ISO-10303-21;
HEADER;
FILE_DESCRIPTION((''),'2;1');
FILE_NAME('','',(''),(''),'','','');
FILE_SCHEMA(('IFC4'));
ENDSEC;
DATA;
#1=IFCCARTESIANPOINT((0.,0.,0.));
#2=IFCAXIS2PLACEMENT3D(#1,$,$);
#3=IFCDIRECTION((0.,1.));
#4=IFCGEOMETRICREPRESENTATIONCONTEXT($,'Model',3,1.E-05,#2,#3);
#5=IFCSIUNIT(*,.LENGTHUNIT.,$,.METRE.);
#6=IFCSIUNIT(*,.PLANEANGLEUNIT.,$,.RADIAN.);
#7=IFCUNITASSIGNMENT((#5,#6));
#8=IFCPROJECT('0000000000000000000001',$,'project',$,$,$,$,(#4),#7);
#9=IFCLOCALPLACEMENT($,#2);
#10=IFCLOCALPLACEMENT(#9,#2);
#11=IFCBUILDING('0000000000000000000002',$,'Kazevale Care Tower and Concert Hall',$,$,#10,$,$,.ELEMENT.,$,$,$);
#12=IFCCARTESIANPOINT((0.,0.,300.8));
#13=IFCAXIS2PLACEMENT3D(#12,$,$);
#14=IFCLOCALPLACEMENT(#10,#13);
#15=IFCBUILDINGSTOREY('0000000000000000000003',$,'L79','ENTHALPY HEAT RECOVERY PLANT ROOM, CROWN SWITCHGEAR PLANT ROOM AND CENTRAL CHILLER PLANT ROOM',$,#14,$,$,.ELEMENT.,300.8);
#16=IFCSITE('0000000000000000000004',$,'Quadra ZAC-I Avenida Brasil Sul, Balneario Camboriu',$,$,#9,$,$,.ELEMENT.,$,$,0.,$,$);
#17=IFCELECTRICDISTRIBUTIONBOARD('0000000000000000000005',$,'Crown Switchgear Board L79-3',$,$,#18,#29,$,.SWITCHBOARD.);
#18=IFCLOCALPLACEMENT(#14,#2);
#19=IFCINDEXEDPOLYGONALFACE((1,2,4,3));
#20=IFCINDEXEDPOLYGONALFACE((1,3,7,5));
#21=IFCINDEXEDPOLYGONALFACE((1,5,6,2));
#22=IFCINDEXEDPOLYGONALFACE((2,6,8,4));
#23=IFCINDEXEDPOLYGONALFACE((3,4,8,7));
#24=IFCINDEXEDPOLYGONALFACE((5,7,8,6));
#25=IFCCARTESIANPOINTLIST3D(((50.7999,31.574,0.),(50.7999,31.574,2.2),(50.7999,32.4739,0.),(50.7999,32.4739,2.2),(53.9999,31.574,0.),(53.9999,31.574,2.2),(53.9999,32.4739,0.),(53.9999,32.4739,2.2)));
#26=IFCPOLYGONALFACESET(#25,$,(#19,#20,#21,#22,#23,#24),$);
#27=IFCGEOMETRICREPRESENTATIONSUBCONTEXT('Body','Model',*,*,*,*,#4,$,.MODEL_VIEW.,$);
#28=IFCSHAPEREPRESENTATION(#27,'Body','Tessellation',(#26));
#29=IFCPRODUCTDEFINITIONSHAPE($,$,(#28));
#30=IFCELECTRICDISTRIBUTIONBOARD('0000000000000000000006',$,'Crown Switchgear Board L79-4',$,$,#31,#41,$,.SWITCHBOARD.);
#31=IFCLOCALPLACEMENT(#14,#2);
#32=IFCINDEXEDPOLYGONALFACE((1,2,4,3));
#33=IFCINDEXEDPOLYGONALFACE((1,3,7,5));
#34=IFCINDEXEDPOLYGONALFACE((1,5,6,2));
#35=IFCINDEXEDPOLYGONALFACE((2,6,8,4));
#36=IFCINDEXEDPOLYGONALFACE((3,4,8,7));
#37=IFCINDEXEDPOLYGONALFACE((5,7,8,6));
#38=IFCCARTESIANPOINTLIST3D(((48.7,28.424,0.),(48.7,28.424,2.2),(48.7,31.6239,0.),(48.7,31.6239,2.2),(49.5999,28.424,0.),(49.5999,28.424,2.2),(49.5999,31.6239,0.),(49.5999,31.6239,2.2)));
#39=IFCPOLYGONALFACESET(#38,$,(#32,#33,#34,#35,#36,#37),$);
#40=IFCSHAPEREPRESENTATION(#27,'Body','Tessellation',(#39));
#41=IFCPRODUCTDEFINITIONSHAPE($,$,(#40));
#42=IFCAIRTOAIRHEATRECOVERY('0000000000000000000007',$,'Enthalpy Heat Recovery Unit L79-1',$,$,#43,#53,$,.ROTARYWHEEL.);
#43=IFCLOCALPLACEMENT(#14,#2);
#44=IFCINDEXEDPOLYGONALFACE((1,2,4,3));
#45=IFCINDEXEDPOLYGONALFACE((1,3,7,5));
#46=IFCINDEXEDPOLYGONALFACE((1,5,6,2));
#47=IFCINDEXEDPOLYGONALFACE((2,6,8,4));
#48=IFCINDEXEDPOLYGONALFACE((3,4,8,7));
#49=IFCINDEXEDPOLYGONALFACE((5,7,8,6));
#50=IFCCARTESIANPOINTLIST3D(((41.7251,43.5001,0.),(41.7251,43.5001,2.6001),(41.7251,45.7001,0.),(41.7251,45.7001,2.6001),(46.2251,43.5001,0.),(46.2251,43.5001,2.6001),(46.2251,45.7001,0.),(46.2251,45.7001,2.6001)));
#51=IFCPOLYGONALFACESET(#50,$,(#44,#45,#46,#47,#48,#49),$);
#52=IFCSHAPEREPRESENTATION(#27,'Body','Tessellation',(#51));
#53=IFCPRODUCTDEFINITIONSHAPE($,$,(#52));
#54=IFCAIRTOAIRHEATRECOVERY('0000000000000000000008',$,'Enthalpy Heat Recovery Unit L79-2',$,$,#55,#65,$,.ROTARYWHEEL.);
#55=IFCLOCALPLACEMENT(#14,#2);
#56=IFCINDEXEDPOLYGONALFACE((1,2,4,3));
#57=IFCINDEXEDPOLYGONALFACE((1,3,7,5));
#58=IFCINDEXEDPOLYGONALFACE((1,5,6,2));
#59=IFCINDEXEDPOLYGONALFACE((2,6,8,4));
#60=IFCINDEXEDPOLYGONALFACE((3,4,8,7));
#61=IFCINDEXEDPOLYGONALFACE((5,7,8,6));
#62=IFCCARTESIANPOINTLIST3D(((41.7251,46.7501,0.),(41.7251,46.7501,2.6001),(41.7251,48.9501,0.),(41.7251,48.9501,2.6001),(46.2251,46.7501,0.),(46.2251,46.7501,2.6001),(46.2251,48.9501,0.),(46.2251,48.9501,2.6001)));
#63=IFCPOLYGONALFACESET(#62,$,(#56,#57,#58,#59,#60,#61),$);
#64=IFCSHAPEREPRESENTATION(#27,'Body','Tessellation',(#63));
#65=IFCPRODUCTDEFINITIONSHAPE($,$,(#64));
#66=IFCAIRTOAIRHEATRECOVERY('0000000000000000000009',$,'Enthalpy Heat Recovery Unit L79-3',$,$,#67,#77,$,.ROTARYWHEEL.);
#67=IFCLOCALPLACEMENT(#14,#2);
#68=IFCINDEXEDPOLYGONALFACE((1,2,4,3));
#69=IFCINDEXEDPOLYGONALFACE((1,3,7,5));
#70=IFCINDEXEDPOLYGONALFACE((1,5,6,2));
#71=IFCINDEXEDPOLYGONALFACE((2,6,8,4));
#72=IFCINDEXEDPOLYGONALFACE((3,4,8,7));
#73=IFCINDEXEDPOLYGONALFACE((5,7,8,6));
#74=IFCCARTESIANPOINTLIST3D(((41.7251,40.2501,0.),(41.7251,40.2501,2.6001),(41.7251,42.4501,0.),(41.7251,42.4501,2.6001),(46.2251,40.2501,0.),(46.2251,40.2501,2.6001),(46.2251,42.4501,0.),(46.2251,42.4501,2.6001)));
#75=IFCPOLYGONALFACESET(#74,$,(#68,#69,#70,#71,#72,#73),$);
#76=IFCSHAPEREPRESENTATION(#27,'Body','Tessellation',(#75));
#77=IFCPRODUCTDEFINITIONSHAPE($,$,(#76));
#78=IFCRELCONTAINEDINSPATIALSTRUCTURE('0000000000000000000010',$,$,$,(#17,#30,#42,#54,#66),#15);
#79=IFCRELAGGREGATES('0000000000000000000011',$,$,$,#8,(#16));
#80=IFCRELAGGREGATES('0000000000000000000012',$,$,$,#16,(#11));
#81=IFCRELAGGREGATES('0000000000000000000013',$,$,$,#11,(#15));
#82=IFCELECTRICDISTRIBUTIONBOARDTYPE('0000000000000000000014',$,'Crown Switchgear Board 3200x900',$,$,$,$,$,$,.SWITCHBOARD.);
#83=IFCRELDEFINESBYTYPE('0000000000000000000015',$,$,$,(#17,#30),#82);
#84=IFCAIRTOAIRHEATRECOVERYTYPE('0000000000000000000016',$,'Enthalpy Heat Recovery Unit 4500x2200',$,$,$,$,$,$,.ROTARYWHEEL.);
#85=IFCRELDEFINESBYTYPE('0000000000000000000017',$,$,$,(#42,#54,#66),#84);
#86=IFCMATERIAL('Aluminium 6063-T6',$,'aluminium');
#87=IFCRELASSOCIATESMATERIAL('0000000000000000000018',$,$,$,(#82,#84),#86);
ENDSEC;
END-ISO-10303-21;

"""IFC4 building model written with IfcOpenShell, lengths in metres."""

from ifc_helpers import new_model, si_unit, direction, frame, origin, origin_2d, place, context, subcontext, project, spatial, rectangle, extrude, material, type_object, element, save


model = new_model("IFC4")

# Units and contexts
model_context = context("Model", 3, precision=1e-05, world=origin(), true_north=direction((0.0, 1.0)))
body_context = subcontext(model_context, "Body", "Model", "MODEL_VIEW")
ifc_project = project(units=[si_unit("LENGTHUNIT", "METRE"), si_unit("PLANEANGLEUNIT", "RADIAN")], contexts=[model_context])

# Site, building, storey
site_placement = place(None, origin())
site = spatial("IfcSite", under=ifc_project, at=site_placement, Name="Quadra ZAC-I Avenida Brasil Sul, Balneario Camboriu", CompositionType="ELEMENT", RefElevation=0.0)
building_placement = place(site_placement, origin())
building = spatial("IfcBuilding", under=site, at=building_placement, Name="Kazevale Care Tower and Concert Hall", CompositionType="ELEMENT")
storey_placement = place(building_placement, frame((0.0, 0.0, 300.8)))
storey = spatial("IfcBuildingStorey", under=building, at=storey_placement, Name="L79", Description="ENTHALPY HEAT RECOVERY PLANT ROOM, CROWN SWITCHGEAR PLANT ROOM AND CENTRAL CHILLER PLANT ROOM", CompositionType="ELEMENT", Elevation=300.8)

# Shared definitions
ifc_material_1 = material(Name="Aluminium 6063-T6", Category="aluminium")

# Electric distribution boards
electric_distribution_board_type = type_object("IfcElectricDistributionBoardType", Name="Crown Switchgear Board 3200x900", PredefinedType="SWITCHBOARD", material=ifc_material_1)
for number, where, z_axis, x_axis, name in (
    (1, (52.3999, 32.0239, 0.0), (0.0, 0.0, 1.0), (1.0, 0.0, 0.0), "Crown Switchgear Board L79-3"),
    (2, (49.1499, 30.0239, 0.0), (0.0, 0.0, 1.0), (0.0, 1.0, 0.0), "Crown Switchgear Board L79-4"),
):
    element("IfcElectricDistributionBoard", number, at=place(storey_placement, frame(where, z_axis=z_axis, x_axis=x_axis)), inside=storey, type_object=electric_distribution_board_type, Name=name, PredefinedType="SWITCHBOARD", context=body_context, shape_type="SweptSolid", body=[
        extrude(rectangle(XDim=3.2, YDim=0.8999, at=origin_2d()), origin(), (0.0, 0.0, 1.0), 2.2),
    ])

# Air to air heat recoveries
air_to_air_heat_recovery_type = type_object("IfcAirToAirHeatRecoveryType", Name="Enthalpy Heat Recovery Unit 4500x2200", PredefinedType="ROTARYWHEEL", material=ifc_material_1)
for number, where, z_axis, x_axis, name in (
    (3, (43.9751, 44.6001, 0.0), (0.0, 0.0, 1.0), (1.0, 0.0, 0.0), "Enthalpy Heat Recovery Unit L79-1"),
    (4, (43.9751, 47.8501, 0.0), (0.0, 0.0, 1.0), (1.0, 0.0, 0.0), "Enthalpy Heat Recovery Unit L79-2"),
    (5, (43.9751, 41.3501, 0.0), (0.0, 0.0, 1.0), (1.0, 0.0, 0.0), "Enthalpy Heat Recovery Unit L79-3"),
):
    element("IfcAirToAirHeatRecovery", number, at=place(storey_placement, frame(where, z_axis=z_axis, x_axis=x_axis)), inside=storey, type_object=air_to_air_heat_recovery_type, Name=name, PredefinedType="ROTARYWHEEL", context=body_context, shape_type="SweptSolid", body=[
        extrude(rectangle(XDim=4.5, YDim=2.2, at=origin_2d()), origin(), (0.0, 0.0, 1.0), 2.6001),
    ])

save(model, "model.ifc")
